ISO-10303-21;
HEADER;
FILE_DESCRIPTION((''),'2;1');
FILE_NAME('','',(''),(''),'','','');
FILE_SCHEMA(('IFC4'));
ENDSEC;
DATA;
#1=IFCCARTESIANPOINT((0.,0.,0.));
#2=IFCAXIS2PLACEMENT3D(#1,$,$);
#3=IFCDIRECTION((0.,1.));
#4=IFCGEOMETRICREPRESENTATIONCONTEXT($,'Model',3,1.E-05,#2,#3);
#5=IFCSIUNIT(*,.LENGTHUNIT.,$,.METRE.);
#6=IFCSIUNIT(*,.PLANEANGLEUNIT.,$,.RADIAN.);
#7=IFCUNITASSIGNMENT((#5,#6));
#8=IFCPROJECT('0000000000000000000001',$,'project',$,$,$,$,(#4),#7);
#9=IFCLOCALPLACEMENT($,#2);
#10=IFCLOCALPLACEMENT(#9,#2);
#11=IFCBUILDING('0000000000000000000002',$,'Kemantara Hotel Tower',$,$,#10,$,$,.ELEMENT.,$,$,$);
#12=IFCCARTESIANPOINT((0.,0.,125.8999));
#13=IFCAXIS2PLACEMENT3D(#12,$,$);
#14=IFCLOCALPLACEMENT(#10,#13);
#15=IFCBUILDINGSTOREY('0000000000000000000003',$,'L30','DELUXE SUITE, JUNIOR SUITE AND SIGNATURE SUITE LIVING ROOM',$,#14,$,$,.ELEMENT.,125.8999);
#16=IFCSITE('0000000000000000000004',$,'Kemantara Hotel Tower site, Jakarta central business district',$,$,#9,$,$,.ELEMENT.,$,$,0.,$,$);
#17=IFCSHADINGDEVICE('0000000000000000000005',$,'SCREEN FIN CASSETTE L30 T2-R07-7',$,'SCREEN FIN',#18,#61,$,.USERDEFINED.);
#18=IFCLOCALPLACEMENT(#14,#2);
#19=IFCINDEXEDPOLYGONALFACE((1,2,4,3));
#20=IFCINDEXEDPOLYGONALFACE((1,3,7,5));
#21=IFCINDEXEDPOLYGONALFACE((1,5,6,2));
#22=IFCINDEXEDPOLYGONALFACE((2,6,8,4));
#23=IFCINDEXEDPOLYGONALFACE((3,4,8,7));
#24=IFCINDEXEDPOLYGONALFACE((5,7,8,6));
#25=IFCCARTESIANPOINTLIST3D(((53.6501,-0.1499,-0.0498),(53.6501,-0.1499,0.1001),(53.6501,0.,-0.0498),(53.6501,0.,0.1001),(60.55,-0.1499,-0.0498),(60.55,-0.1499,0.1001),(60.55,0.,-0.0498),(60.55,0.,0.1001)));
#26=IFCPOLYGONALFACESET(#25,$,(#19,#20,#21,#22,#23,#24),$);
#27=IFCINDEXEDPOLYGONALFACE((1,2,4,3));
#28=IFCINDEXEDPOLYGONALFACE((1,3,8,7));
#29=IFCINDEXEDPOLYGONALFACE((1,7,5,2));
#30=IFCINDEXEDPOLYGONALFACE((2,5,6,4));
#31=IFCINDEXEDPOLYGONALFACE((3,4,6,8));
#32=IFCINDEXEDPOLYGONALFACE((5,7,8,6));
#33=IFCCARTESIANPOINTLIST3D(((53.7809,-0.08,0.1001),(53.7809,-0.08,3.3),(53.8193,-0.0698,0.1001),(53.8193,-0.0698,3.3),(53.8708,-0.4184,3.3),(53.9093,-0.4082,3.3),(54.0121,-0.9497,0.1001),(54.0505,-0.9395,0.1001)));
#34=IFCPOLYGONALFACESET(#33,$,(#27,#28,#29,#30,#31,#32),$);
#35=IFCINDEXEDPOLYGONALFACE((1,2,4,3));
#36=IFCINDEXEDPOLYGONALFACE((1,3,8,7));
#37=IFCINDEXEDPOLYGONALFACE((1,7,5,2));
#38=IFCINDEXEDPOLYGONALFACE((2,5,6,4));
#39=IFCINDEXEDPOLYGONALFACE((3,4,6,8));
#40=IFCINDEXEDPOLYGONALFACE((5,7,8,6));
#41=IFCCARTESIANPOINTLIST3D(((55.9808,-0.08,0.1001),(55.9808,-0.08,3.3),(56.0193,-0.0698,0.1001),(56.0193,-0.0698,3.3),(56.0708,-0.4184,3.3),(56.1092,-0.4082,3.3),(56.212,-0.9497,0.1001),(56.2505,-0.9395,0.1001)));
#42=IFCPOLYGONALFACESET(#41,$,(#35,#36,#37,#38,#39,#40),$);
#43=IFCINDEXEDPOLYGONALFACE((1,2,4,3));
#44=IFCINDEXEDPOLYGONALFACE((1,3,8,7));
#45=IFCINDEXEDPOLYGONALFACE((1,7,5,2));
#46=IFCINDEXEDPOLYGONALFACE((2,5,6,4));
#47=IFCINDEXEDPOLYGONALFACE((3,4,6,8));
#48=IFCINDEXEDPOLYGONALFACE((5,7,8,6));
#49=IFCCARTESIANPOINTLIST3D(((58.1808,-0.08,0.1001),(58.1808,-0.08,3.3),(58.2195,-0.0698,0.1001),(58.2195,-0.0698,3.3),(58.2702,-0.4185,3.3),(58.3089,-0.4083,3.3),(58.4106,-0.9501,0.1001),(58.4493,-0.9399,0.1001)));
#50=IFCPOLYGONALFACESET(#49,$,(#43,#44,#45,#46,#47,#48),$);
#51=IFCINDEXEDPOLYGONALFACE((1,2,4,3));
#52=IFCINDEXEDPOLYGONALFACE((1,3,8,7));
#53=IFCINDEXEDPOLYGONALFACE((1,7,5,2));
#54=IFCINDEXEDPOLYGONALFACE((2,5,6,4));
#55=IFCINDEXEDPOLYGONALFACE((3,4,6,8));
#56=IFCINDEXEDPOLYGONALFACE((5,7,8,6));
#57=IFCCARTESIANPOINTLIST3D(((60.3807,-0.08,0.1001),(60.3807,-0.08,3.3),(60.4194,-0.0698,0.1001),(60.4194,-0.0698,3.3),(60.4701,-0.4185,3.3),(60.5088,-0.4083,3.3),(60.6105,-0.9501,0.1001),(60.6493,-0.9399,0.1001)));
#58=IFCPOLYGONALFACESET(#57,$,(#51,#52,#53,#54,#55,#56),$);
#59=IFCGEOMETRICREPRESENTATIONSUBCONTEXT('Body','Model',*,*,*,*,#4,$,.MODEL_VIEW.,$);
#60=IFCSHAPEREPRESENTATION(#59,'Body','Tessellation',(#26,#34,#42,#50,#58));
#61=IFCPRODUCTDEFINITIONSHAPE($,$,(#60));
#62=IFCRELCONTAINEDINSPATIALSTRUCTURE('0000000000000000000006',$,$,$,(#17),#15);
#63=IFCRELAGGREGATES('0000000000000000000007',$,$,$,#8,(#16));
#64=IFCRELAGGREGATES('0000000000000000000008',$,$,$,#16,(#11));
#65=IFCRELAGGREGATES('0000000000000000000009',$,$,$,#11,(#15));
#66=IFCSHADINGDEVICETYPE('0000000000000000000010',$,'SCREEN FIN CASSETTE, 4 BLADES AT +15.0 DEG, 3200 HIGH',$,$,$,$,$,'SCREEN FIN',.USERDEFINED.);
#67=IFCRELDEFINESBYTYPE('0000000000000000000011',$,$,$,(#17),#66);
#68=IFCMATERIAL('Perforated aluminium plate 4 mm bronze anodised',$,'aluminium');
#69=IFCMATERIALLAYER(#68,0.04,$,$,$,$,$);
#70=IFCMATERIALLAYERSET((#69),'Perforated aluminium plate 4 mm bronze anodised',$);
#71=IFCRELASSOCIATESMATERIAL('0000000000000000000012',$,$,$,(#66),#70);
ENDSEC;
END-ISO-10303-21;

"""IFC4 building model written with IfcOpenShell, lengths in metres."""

from ifc_helpers import new_model, si_unit, direction, frame, origin, origin_2d, place, context, subcontext, project, spatial, polyline, rectangle, outline, extrude, source, transform, mapped, material, layer, layer_set, type_object, element, save


model = new_model("IFC4")

# Units and contexts
model_context = context("Model", 3, precision=1e-05, world=origin(), true_north=direction((0.0, 1.0)))
body_context = subcontext(model_context, "Body", "Model", "MODEL_VIEW")
ifc_project = project(units=[si_unit("LENGTHUNIT", "METRE"), si_unit("PLANEANGLEUNIT", "RADIAN")], contexts=[model_context])

# Site, building, storey
site_placement = place(None, origin())
site = spatial("IfcSite", under=ifc_project, at=site_placement, Name="Kemantara Hotel Tower site, Jakarta central business district", CompositionType="ELEMENT", RefElevation=0.0)
building_placement = place(site_placement, origin())
building = spatial("IfcBuilding", under=site, at=building_placement, Name="Kemantara Hotel Tower", CompositionType="ELEMENT")
storey_placement = place(building_placement, frame((0.0, 0.0, 125.8999)))
storey = spatial("IfcBuildingStorey", under=building, at=storey_placement, Name="L30", Description="DELUXE SUITE, JUNIOR SUITE AND SIGNATURE SUITE LIVING ROOM", CompositionType="ELEMENT", Elevation=125.8999)

# Shading device
ifc_material_1 = material(Name="Perforated aluminium plate 4 mm bronze anodised", Category="aluminium")
ifc_layer_1 = layer(ifc_material_1, 0.04)
ifc_layer_set_1 = layer_set([ifc_layer_1], Name="Perforated aluminium plate 4 mm bronze anodised")
shading_device_type_1 = type_object("IfcShadingDeviceType", Name="SCREEN FIN CASSETTE, 4 BLADES AT +15.0 DEG, 3200 HIGH", ElementType="SCREEN FIN", PredefinedType="USERDEFINED", material=ifc_layer_set_1)
shared_shape_1 = source(origin(), body_context, "Body", "SweptSolid", [
    extrude(rectangle(XDim=6.8999, YDim=0.1499, at=origin_2d()), frame((3.3, -0.075, -0.1499), z_axis=(0.0, 0.0, 1.0), x_axis=(1.0, 0.0, 0.0)), (0.0, 0.0, 1.0), 0.1499),
    extrude(outline(polyline([(0.0, 0.0), (0.8999, 0.0), (0.3501, 3.2), (0.0, 3.2), (0.0, 0.0)])), frame((0.0193, -0.0698, 0.0), z_axis=(-0.966438, -0.256901, 0.0), x_axis=(0.256901, -0.966438, 0.0)), (0.0, 0.0, 1.0), 0.0398),
    extrude(outline(polyline([(0.0, 0.0), (0.8999, 0.0), (0.3501, 3.2), (0.0, 3.2), (0.0, 0.0)])), frame((2.2192, -0.0698, 0.0), z_axis=(-0.966438, -0.256901, 0.0), x_axis=(0.256901, -0.966438, 0.0)), (0.0, 0.0, 1.0), 0.0398),
    extrude(outline(polyline([(0.0, 0.0), (0.8999, 0.0), (0.3501, 3.2), (0.0, 3.2), (0.0, 0.0)])), frame((4.4194, -0.0698, 0.0), z_axis=(-0.966838, -0.255391, 0.0), x_axis=(0.255391, -0.966838, 0.0)), (0.0, 0.0, 1.0), 0.04),
    extrude(outline(polyline([(0.0, 0.0), (0.8999, 0.0), (0.3501, 3.2), (0.0, 3.2), (0.0, 0.0)])), frame((6.6194, -0.0698, 0.0), z_axis=(-0.966838, -0.255391, 0.0), x_axis=(0.255391, -0.966838, 0.0)), (0.0, 0.0, 1.0), 0.04),
])
shading_device_1_placement = place(storey_placement, frame((53.8, 0.0, 0.1001), z_axis=(0.0, 0.0, 1.0), x_axis=(1.0, 0.0, 0.0)))
element("IfcShadingDevice", 1, at=shading_device_1_placement, inside=storey, type_object=shading_device_type_1, Name="SCREEN FIN CASSETTE L30 T2-R07-7", ObjectType="SCREEN FIN", PredefinedType="USERDEFINED", context=body_context, shape_type="MappedRepresentation", body=[
    mapped(shared_shape_1, transform((0.0, 0.0, 0.0))),
])

save(model, "model.ifc")
